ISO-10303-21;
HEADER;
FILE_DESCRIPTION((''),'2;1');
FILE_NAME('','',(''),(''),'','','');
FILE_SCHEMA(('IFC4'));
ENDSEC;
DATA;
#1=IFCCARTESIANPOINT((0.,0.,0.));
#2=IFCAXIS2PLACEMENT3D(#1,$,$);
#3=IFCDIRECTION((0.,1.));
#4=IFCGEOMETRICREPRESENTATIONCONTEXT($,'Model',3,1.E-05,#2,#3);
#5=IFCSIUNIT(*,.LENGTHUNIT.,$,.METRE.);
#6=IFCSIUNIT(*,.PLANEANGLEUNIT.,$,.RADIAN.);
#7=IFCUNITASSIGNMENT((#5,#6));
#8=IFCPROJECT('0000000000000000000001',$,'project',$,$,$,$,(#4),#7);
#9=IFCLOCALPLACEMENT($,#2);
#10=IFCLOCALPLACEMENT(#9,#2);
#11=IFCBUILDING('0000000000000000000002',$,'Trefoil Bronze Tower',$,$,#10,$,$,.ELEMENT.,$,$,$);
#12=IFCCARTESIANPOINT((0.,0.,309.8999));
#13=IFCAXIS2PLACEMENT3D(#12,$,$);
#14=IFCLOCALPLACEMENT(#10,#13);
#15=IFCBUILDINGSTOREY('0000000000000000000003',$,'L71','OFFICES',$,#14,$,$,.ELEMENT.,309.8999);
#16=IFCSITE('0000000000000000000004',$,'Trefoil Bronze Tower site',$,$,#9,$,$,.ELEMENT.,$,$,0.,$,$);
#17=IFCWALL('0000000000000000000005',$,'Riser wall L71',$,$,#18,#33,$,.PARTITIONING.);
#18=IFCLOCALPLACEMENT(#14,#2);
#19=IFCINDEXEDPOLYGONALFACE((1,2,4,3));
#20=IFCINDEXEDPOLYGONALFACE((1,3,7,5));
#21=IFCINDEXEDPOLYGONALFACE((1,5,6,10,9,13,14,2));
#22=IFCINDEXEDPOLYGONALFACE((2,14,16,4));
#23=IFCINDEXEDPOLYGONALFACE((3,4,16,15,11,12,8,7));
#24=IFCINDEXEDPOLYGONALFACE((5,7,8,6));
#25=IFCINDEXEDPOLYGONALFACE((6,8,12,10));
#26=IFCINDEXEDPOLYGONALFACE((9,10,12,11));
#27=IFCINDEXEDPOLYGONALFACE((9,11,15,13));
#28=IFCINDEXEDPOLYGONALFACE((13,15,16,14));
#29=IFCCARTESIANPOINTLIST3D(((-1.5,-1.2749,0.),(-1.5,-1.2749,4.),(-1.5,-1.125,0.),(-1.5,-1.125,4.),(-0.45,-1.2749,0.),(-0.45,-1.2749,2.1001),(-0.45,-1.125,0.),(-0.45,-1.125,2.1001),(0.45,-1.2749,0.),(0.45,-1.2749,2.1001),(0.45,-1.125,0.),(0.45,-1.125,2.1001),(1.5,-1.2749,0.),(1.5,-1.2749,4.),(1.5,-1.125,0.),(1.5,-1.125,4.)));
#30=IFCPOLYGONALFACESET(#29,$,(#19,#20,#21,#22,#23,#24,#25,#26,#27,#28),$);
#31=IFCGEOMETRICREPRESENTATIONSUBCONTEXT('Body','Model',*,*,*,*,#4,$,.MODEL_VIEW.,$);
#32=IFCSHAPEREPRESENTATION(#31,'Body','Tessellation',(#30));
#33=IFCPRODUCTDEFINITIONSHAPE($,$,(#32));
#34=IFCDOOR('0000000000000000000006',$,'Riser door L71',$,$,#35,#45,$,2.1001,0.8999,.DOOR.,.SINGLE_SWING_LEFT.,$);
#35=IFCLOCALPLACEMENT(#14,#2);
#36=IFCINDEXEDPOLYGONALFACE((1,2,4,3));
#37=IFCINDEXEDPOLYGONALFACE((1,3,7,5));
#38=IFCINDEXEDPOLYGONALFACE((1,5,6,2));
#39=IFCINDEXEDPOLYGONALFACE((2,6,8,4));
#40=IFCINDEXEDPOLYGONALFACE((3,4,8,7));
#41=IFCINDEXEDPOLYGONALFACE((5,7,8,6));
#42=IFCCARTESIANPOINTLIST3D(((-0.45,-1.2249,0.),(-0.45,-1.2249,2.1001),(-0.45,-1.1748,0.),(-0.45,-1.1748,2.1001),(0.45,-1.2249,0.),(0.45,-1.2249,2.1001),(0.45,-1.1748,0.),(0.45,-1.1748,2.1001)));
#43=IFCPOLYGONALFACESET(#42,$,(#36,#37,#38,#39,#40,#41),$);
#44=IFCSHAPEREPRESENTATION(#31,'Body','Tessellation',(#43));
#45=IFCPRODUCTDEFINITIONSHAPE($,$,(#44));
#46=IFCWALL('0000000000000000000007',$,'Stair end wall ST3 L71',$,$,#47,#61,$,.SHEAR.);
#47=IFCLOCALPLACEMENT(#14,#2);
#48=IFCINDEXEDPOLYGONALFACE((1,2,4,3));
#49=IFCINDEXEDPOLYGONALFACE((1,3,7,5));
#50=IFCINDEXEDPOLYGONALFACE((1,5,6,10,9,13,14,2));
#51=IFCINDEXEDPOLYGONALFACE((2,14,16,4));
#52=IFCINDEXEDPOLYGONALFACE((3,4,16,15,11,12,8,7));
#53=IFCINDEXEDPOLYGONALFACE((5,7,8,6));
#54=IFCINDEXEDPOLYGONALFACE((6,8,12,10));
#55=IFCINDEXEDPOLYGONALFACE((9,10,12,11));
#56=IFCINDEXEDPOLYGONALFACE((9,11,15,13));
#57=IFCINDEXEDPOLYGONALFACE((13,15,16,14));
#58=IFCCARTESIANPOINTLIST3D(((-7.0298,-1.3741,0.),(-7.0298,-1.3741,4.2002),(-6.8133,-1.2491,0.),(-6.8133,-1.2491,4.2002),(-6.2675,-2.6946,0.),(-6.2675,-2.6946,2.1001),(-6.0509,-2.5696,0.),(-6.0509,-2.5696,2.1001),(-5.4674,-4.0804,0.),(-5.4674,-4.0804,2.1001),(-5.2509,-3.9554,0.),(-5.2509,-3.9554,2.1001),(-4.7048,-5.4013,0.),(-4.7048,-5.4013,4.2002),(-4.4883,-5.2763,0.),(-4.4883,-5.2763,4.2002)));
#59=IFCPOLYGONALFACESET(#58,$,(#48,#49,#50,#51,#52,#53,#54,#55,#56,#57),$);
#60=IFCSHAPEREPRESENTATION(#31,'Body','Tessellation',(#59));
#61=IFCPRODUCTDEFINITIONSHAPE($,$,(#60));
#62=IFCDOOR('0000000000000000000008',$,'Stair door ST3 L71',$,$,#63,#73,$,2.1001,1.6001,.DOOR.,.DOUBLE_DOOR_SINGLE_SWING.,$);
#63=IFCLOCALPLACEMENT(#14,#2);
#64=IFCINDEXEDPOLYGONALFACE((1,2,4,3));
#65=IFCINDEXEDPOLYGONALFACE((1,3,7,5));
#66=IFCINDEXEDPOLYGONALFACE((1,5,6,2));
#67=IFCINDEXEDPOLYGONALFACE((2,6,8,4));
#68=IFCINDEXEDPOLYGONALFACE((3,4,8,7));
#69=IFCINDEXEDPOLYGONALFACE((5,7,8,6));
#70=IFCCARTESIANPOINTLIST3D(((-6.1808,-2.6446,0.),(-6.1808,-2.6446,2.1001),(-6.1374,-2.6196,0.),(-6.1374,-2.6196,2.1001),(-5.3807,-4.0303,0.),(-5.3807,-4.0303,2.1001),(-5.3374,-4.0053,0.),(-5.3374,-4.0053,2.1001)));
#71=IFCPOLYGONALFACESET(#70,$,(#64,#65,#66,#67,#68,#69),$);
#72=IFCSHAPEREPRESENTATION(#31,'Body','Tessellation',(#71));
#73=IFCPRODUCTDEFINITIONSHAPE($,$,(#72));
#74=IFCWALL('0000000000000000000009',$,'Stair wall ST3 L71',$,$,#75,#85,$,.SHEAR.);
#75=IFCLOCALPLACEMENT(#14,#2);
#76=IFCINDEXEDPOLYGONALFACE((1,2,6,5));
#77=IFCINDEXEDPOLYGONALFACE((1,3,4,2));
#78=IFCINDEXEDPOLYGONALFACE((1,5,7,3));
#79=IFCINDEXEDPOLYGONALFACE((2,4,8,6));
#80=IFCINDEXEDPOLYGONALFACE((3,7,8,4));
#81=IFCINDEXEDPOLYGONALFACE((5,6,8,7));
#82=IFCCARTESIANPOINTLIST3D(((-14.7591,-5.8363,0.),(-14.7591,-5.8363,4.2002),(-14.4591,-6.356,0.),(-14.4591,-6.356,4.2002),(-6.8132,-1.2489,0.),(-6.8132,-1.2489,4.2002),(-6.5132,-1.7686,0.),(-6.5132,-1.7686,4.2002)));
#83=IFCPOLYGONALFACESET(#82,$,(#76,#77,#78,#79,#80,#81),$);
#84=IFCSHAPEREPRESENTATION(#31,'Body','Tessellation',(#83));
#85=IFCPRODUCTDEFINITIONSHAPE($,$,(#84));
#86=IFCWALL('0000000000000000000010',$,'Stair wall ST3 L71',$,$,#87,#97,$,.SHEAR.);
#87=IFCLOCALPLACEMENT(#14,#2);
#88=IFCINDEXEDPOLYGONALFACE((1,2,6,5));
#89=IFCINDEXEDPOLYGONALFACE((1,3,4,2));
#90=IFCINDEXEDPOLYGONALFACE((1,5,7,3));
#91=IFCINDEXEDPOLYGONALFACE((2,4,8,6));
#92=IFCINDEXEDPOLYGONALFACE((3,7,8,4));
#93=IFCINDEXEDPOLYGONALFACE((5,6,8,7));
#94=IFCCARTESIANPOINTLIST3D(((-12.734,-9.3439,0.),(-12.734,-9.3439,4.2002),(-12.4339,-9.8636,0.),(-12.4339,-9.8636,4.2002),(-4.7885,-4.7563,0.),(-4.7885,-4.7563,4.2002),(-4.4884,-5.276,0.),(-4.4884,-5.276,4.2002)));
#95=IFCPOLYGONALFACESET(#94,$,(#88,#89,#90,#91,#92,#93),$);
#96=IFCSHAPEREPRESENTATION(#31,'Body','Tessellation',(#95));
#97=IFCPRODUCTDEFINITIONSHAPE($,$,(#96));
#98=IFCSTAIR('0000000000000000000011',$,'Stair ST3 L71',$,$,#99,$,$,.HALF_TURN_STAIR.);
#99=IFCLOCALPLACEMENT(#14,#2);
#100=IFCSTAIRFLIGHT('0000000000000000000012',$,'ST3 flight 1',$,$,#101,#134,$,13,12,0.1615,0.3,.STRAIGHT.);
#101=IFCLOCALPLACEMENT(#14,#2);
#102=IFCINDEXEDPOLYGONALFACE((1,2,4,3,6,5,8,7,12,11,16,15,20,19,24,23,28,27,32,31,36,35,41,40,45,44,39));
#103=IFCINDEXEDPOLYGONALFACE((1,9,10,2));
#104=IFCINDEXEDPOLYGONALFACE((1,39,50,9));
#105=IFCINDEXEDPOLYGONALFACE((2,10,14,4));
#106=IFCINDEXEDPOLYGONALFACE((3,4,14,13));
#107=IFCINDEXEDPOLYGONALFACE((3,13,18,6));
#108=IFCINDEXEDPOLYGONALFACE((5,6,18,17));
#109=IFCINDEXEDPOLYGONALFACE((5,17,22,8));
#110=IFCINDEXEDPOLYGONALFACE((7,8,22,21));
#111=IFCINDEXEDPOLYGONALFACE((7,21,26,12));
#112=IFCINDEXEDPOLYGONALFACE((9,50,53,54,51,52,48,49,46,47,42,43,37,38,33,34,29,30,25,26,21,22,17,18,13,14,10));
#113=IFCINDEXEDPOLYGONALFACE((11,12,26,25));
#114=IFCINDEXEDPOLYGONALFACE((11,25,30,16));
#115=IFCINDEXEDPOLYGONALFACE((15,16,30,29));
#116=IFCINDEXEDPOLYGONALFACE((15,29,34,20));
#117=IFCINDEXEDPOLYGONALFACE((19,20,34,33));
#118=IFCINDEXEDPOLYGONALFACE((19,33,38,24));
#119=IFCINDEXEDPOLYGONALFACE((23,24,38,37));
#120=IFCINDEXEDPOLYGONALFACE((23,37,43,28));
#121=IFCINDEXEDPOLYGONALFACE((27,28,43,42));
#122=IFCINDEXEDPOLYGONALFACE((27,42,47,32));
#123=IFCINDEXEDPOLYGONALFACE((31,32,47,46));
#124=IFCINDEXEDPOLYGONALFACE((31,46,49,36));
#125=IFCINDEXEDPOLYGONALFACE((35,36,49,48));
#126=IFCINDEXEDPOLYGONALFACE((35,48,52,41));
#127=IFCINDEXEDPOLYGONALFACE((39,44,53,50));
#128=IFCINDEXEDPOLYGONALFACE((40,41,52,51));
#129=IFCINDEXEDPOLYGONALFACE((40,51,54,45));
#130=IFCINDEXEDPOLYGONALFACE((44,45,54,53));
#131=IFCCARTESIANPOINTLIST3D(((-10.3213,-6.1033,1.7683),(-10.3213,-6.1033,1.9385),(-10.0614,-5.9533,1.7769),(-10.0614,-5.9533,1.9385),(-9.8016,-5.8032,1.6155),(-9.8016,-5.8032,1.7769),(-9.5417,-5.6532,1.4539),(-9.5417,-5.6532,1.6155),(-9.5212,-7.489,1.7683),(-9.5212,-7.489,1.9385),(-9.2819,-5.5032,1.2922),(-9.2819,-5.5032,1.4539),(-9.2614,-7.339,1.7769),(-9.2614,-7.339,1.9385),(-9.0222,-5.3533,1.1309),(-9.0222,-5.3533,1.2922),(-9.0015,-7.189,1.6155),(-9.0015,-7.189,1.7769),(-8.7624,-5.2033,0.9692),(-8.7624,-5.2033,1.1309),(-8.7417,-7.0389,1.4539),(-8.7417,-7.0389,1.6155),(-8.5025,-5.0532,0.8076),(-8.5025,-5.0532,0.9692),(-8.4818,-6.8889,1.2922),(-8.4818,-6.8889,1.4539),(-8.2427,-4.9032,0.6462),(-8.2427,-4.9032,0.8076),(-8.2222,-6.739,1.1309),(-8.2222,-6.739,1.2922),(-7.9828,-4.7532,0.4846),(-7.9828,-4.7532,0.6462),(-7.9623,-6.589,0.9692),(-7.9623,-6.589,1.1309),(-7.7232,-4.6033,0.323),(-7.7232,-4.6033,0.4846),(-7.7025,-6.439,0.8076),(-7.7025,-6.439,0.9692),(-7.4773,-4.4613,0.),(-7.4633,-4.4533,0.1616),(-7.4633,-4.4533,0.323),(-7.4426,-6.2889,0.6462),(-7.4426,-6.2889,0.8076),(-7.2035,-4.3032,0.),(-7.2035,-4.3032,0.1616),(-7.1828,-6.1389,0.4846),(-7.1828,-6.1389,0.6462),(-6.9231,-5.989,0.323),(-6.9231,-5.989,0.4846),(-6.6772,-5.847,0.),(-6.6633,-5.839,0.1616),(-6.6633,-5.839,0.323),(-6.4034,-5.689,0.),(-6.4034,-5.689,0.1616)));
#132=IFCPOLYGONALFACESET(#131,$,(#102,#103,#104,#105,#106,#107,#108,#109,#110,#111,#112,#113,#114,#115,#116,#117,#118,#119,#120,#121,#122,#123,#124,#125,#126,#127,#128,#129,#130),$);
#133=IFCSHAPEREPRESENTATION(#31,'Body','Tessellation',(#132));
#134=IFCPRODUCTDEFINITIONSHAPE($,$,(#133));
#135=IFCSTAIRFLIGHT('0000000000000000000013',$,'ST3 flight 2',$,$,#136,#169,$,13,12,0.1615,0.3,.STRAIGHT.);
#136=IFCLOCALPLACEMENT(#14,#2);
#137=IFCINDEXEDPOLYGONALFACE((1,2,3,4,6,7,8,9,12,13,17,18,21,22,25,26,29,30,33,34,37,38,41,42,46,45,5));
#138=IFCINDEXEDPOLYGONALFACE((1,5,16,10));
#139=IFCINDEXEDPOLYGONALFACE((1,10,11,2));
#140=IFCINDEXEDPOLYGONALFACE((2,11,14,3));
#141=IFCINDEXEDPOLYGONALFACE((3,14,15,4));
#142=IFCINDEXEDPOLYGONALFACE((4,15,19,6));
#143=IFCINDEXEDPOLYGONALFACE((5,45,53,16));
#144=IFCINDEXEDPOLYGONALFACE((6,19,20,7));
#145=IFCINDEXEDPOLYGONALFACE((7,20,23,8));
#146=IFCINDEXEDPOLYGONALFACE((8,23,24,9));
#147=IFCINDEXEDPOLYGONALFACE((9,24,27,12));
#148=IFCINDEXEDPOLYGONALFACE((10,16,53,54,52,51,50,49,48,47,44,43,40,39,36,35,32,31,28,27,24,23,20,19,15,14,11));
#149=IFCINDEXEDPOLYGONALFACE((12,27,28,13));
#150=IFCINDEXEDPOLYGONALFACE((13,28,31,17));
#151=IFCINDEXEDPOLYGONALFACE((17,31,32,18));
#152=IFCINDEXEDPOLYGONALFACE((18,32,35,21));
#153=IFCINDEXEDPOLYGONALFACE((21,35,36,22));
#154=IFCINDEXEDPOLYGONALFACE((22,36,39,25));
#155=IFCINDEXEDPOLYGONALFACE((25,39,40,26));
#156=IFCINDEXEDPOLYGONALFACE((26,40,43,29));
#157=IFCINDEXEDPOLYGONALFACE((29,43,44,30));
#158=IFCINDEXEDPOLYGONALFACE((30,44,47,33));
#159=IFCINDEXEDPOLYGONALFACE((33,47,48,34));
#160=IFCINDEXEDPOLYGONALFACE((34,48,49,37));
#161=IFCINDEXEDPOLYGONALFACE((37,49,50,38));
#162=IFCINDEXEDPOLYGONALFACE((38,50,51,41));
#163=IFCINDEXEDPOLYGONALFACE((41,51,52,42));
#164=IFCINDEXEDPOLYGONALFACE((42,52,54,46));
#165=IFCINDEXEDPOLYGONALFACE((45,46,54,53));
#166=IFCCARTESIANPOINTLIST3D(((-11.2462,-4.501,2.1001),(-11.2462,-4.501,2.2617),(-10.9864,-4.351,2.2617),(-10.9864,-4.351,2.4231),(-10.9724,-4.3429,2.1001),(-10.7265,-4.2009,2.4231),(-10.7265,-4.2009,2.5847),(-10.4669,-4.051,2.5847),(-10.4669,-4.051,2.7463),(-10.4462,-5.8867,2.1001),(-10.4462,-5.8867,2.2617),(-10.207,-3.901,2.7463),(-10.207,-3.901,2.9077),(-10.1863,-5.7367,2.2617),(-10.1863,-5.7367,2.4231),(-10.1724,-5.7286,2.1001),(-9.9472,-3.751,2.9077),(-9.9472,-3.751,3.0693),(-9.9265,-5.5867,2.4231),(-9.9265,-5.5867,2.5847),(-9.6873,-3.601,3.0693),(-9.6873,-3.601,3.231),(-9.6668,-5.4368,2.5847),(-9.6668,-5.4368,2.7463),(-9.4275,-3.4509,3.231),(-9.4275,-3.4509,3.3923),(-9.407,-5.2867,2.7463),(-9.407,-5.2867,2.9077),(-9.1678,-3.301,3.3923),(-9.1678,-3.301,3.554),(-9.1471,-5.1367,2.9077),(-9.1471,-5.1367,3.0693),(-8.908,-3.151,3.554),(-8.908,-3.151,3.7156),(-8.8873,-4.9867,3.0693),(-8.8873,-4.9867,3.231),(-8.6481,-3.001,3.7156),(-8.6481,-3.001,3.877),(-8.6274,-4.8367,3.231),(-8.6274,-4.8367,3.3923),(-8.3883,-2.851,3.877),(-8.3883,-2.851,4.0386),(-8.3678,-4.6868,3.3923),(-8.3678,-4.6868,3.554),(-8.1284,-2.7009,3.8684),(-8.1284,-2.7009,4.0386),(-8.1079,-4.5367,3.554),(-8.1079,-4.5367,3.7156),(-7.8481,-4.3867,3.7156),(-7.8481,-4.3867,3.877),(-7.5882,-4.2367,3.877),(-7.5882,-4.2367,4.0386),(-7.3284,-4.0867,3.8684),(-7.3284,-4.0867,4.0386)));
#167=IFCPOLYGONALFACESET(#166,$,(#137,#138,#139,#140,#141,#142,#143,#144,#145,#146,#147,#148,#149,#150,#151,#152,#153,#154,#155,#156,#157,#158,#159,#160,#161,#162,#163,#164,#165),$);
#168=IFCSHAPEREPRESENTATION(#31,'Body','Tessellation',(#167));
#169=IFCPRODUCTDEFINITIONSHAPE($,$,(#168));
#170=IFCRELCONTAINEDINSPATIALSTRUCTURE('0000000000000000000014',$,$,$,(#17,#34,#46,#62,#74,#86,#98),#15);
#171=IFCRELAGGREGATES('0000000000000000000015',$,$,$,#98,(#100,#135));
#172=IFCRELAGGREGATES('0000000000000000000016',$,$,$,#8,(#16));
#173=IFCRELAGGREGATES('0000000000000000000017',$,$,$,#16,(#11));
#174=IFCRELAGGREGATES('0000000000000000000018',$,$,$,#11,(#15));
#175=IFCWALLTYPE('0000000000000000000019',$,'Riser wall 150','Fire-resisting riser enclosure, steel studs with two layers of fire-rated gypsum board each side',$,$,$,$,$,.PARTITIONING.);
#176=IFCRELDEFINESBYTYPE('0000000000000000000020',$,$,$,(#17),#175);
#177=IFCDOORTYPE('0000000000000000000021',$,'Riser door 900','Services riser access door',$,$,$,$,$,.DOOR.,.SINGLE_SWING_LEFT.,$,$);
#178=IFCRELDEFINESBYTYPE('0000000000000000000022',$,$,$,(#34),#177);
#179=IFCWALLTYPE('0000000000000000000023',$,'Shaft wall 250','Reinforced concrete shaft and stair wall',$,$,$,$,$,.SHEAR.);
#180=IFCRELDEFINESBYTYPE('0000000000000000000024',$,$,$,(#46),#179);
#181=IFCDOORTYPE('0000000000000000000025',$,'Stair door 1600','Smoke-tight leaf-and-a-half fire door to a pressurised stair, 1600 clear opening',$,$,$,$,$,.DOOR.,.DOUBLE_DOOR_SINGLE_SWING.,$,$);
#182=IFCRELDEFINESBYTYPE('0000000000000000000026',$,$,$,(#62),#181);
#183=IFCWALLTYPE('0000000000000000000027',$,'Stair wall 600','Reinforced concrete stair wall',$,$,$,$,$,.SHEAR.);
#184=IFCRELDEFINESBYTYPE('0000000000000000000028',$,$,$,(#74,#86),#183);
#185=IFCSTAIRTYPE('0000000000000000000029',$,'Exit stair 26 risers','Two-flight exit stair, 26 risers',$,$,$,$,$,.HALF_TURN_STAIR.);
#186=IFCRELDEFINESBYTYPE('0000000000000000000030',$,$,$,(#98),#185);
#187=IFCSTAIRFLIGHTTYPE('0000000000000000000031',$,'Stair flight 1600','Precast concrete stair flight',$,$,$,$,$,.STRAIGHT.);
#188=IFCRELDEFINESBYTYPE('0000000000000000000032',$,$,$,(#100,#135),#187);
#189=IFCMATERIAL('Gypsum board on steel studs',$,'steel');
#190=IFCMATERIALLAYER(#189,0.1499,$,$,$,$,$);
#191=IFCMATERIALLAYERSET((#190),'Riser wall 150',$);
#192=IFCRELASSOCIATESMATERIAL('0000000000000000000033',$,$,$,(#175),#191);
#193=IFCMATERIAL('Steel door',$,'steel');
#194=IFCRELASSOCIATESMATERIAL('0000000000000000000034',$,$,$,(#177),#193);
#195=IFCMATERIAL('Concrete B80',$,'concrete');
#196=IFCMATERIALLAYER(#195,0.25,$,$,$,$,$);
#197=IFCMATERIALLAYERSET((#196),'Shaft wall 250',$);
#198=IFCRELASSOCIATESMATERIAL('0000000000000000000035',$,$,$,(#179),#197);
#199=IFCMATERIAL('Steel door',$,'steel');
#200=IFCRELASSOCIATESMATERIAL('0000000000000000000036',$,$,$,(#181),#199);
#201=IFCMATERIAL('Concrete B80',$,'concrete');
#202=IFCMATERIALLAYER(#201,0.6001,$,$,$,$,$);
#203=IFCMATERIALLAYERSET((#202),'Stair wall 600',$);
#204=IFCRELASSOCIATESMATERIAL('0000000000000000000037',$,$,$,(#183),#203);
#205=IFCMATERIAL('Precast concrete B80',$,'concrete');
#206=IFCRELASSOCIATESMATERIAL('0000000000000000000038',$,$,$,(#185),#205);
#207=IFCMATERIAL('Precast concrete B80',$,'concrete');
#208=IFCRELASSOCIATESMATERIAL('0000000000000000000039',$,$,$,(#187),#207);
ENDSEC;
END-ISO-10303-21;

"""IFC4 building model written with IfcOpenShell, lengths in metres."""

from ifc_helpers import new_model, si_unit, direction, frame, frame_2d, origin, place, context, subcontext, project, spatial, polyline, rectangle, outline, extrude, material, layer, layer_set, type_object, element, fill, aggregate, save


model = new_model("IFC4")

# Units and contexts
model_context = context("Model", 3, precision=1e-05, world=origin(), true_north=direction((0.0, 1.0)))
body_context = subcontext(model_context, "Body", "Model", "MODEL_VIEW")
ifc_project = project(units=[si_unit("LENGTHUNIT", "METRE"), si_unit("PLANEANGLEUNIT", "RADIAN")], contexts=[model_context])

# Site, building, storey
site_placement = place(None, origin())
site = spatial("IfcSite", under=ifc_project, at=site_placement, Name="Trefoil Bronze Tower site", CompositionType="ELEMENT", RefElevation=0.0)
building_placement = place(site_placement, origin())
building = spatial("IfcBuilding", under=site, at=building_placement, Name="Trefoil Bronze Tower", CompositionType="ELEMENT")
storey_placement = place(building_placement, frame((0.0, 0.0, 309.8999)))
storey = spatial("IfcBuildingStorey", under=building, at=storey_placement, Name="L71", Description="OFFICES", CompositionType="ELEMENT", Elevation=309.8999)

# Walls, openings, doors
ifc_material_1 = material(Name="Gypsum board on steel studs", Category="steel")
ifc_layer_1 = layer(ifc_material_1, 0.1499)
ifc_layer_set_1 = layer_set([ifc_layer_1], Name="Riser wall 150")
wall_type_1 = type_object("IfcWallType", Name="Riser wall 150", Description="Fire-resisting riser enclosure, steel studs with two layers of fire-rated gypsum board each side", PredefinedType="PARTITIONING", material=ifc_layer_set_1)
wall_1_placement = place(storey_placement, frame((-1.5, -1.2, 0.0), z_axis=(0.0, 0.0, 1.0), x_axis=(1.0, 0.0, 0.0)))
wall_1 = element("IfcWall", 1, at=wall_1_placement, inside=storey, type_object=wall_type_1, Name="Riser wall L71", PredefinedType="PARTITIONING", context=body_context, shape_type="SweptSolid", body=[
    extrude(rectangle(XDim=3.0, YDim=0.1499, at=frame_2d((1.5, 0.0))), origin(), (0.0, 0.0, 1.0), 4.0),
])
opening_1_placement = place(wall_1_placement, frame((1.05, 0.0, 0.0)))
opening_1 = element("IfcOpeningElement", 2, at=opening_1_placement, cuts=wall_1, PredefinedType="OPENING", context=body_context, shape_type="SweptSolid", body=[
    extrude(rectangle(XDim=0.8999, YDim=2.1001, at=frame_2d((0.45, 1.05))), frame((0.0, 0.085, 0.0), z_axis=(0.0, -1.0, 0.0), x_axis=(1.0, 0.0, 0.0)), (0.0, 0.0, 1.0), 0.1699),
])
ifc_material_2 = material(Name="Steel door", Category="steel")
door_type_1 = type_object("IfcDoorType", Name="Riser door 900", Description="Services riser access door", OperationType="SINGLE_SWING_LEFT", PredefinedType="DOOR", material=ifc_material_2)
door_1_placement = place(opening_1_placement, frame((0.8999, 0.0, 0.0), z_axis=(0.0, 0.0, 1.0), x_axis=(-1.0, 0.0, 0.0)))
door_1 = element("IfcDoor", 3, at=door_1_placement, inside=storey, type_object=door_type_1, Name="Riser door L71", OperationType="SINGLE_SWING_LEFT", OverallHeight=2.1001, OverallWidth=0.8999, PredefinedType="DOOR", context=body_context, shape_type="SweptSolid", body=[
    extrude(rectangle(XDim=0.8999, YDim=2.1001, at=frame_2d((0.45, 1.05))), frame((0.0, 0.0249, 0.0), z_axis=(0.0, -1.0, 0.0), x_axis=(1.0, 0.0, 0.0)), (0.0, 0.0, 1.0), 0.05),
])
fill(opening_1, door_1)
ifc_material_3 = material(Name="Concrete B80", Category="concrete")
ifc_layer_2 = layer(ifc_material_3, 0.25)
ifc_layer_set_2 = layer_set([ifc_layer_2], Name="Shaft wall 250")
wall_type_2 = type_object("IfcWallType", Name="Shaft wall 250", Description="Reinforced concrete shaft and stair wall", PredefinedType="SHEAR", material=ifc_layer_set_2)
wall_2_placement = place(storey_placement, frame((-6.9216, -1.3115, 0.0), z_axis=(0.0, 0.0, 1.0), x_axis=(0.499985, -0.866034, 0.0)))
wall_2 = element("IfcWall", 4, at=wall_2_placement, inside=storey, type_object=wall_type_2, Name="Stair end wall ST3 L71", PredefinedType="SHEAR", context=body_context, shape_type="SweptSolid", body=[
    extrude(rectangle(XDim=4.6501, YDim=0.25, at=frame_2d((2.3252, 0.0))), origin(), (0.0, 0.0, 1.0), 4.2002),
])
opening_2_placement = place(wall_2_placement, frame((1.5249, 0.0, 0.0)))
opening_2 = element("IfcOpeningElement", 5, at=opening_2_placement, cuts=wall_2, PredefinedType="OPENING", context=body_context, shape_type="SweptSolid", body=[
    extrude(rectangle(XDim=1.6001, YDim=2.1001, at=frame_2d((0.8, 1.05))), frame((0.0, 0.135, 0.0), z_axis=(0.0, -1.0, 0.0), x_axis=(1.0, 0.0, 0.0)), (0.0, 0.0, 1.0), 0.27),
])
ifc_material_4 = material(Name="Steel door", Category="steel")
door_type_2 = type_object("IfcDoorType", Name="Stair door 1600", Description="Smoke-tight leaf-and-a-half fire door to a pressurised stair, 1600 clear opening", OperationType="DOUBLE_DOOR_SINGLE_SWING", PredefinedType="DOOR", material=ifc_material_4)
door_2_placement = place(opening_2_placement, frame((1.6001, 0.0, 0.0), z_axis=(0.0, 0.0, 1.0), x_axis=(-1.0, 0.0, 0.0)))
door_2 = element("IfcDoor", 6, at=door_2_placement, inside=storey, type_object=door_type_2, Name="Stair door ST3 L71", OperationType="DOUBLE_DOOR_SINGLE_SWING", OverallHeight=2.1001, OverallWidth=1.6001, PredefinedType="DOOR", context=body_context, shape_type="SweptSolid", body=[
    extrude(rectangle(XDim=1.6001, YDim=2.1001, at=frame_2d((0.8, 1.05))), frame((0.0, 0.0249, 0.0), z_axis=(0.0, -1.0, 0.0), x_axis=(1.0, 0.0, 0.0)), (0.0, 0.0, 1.0), 0.05),
])
fill(opening_2, door_2)

# Walls
ifc_material_5 = material(Name="Concrete B80", Category="concrete")
ifc_layer_3 = layer(ifc_material_5, 0.6001)
ifc_layer_set_3 = layer_set([ifc_layer_3], Name="Stair wall 600")
wall_type_3 = type_object("IfcWallType", Name="Stair wall 600", Description="Reinforced concrete stair wall", PredefinedType="SHEAR", material=ifc_layer_set_3)
wall_3_placement = place(storey_placement, frame((-6.6633, -1.5088, 0.0), z_axis=(0.0, 0.0, 1.0), x_axis=(-0.86603, -0.499991, 0.0)))
element("IfcWall", 7, at=wall_3_placement, inside=storey, type_object=wall_type_3, Name="Stair wall ST3 L71", PredefinedType="SHEAR", context=body_context, shape_type="SweptSolid", body=[
    extrude(rectangle(XDim=9.175, YDim=0.6001, at=frame_2d((4.5874, 0.0))), origin(), (0.0, 0.0, 1.0), 4.2002),
])
wall_4_placement = place(storey_placement, frame((-4.6384, -5.0161, 0.0), z_axis=(0.0, 0.0, 1.0), x_axis=(-0.866012, -0.500023, 0.0)))
element("IfcWall", 8, at=wall_4_placement, inside=storey, type_object=wall_type_3, Name="Stair wall ST3 L71", PredefinedType="SHEAR", context=body_context, shape_type="SweptSolid", body=[
    extrude(rectangle(XDim=9.1748, YDim=0.6001, at=frame_2d((4.5874, 0.0))), origin(), (0.0, 0.0, 1.0), 4.2002),
])

# Stair, stair flights
ifc_material_6 = material(Name="Precast concrete B80", Category="concrete")
stair_type = type_object("IfcStairType", Name="Exit stair 26 risers", Description="Two-flight exit stair, 26 risers", PredefinedType="HALF_TURN_STAIR", material=ifc_material_6)
stair_placement = place(storey_placement, origin())
stair = element("IfcStair", 9, at=stair_placement, inside=storey, type_object=stair_type, Name="Stair ST3 L71", PredefinedType="HALF_TURN_STAIR")
ifc_material_7 = material(Name="Precast concrete B80", Category="concrete")
stair_flight_type = type_object("IfcStairFlightType", Name="Stair flight 1600", Description="Precast concrete stair flight", PredefinedType="STRAIGHT", material=ifc_material_7)
stair_flight_1_placement = place(storey_placement, frame((-6.8035, -4.9961, 0.0), z_axis=(0.0, 0.0, 1.0), x_axis=(-0.866025, -0.5, 0.0)))
stair_flight_1 = element("IfcStairFlight", 10, at=stair_flight_1_placement, type_object=stair_flight_type, Name="ST3 flight 1", NumberOfRisers=13, NumberOfTreads=12, PredefinedType="STRAIGHT", RiserHeight=0.1615, TreadLength=0.3, context=body_context, shape_type="SweptSolid", body=[
    extrude(outline(polyline([(0.0, 0.0), (0.0, 0.1616), (0.3, 0.1616), (0.3, 0.323), (0.6001, 0.323), (0.6001, 0.4846), (0.8999, 0.4846), (0.8999, 0.6462), (1.2, 0.6462), (1.2, 0.8076), (1.5, 0.8076), (1.5, 0.9692), (1.8, 0.9692), (1.8, 1.1309), (2.1001, 1.1309), (2.1001, 1.2922), (2.3999, 1.2922), (2.3999, 1.4539), (2.7, 1.4539), (2.7, 1.6155), (3.0, 1.6155), (3.0, 1.7769), (3.3, 1.7769), (3.3, 1.9385), (3.6001, 1.9385), (3.6001, 2.1001), (3.6001, 1.7683), (0.3162, 0.0), (0.0, 0.0)])), frame((0.0, 0.8, 0.0), z_axis=(0.0, -1.0, 0.0), x_axis=(1.0, 0.0, 0.0)), (0.0, 0.0, 1.0), 1.6001),
])
stair_flight_2_placement = place(storey_placement, frame((-10.8462, -5.1938, 2.1001), z_axis=(0.0, 0.0, 1.0), x_axis=(0.866025, 0.5, 0.0)))
stair_flight_2 = element("IfcStairFlight", 11, at=stair_flight_2_placement, type_object=stair_flight_type, Name="ST3 flight 2", NumberOfRisers=13, NumberOfTreads=12, PredefinedType="STRAIGHT", RiserHeight=0.1615, TreadLength=0.3, context=body_context, shape_type="SweptSolid", body=[
    extrude(outline(polyline([(0.0, 0.0), (0.0, 0.1616), (0.3, 0.1616), (0.3, 0.323), (0.6001, 0.323), (0.6001, 0.4846), (0.8999, 0.4846), (0.8999, 0.6462), (1.2, 0.6462), (1.2, 0.8076), (1.5, 0.8076), (1.5, 0.9692), (1.8, 0.9692), (1.8, 1.1309), (2.1001, 1.1309), (2.1001, 1.2922), (2.3999, 1.2922), (2.3999, 1.4539), (2.7, 1.4539), (2.7, 1.6155), (3.0, 1.6155), (3.0, 1.7769), (3.3, 1.7769), (3.3, 1.9385), (3.6001, 1.9385), (3.6001, 2.1001), (3.6001, 1.7683), (0.3162, 0.0), (0.0, 0.0)])), frame((0.0, 0.8, 0.0), z_axis=(0.0, -1.0, 0.0), x_axis=(1.0, 0.0, 0.0)), (0.0, 0.0, 1.0), 1.6001),
])
aggregate(stair, [stair_flight_1, stair_flight_2])

save(model, "model.ifc")
